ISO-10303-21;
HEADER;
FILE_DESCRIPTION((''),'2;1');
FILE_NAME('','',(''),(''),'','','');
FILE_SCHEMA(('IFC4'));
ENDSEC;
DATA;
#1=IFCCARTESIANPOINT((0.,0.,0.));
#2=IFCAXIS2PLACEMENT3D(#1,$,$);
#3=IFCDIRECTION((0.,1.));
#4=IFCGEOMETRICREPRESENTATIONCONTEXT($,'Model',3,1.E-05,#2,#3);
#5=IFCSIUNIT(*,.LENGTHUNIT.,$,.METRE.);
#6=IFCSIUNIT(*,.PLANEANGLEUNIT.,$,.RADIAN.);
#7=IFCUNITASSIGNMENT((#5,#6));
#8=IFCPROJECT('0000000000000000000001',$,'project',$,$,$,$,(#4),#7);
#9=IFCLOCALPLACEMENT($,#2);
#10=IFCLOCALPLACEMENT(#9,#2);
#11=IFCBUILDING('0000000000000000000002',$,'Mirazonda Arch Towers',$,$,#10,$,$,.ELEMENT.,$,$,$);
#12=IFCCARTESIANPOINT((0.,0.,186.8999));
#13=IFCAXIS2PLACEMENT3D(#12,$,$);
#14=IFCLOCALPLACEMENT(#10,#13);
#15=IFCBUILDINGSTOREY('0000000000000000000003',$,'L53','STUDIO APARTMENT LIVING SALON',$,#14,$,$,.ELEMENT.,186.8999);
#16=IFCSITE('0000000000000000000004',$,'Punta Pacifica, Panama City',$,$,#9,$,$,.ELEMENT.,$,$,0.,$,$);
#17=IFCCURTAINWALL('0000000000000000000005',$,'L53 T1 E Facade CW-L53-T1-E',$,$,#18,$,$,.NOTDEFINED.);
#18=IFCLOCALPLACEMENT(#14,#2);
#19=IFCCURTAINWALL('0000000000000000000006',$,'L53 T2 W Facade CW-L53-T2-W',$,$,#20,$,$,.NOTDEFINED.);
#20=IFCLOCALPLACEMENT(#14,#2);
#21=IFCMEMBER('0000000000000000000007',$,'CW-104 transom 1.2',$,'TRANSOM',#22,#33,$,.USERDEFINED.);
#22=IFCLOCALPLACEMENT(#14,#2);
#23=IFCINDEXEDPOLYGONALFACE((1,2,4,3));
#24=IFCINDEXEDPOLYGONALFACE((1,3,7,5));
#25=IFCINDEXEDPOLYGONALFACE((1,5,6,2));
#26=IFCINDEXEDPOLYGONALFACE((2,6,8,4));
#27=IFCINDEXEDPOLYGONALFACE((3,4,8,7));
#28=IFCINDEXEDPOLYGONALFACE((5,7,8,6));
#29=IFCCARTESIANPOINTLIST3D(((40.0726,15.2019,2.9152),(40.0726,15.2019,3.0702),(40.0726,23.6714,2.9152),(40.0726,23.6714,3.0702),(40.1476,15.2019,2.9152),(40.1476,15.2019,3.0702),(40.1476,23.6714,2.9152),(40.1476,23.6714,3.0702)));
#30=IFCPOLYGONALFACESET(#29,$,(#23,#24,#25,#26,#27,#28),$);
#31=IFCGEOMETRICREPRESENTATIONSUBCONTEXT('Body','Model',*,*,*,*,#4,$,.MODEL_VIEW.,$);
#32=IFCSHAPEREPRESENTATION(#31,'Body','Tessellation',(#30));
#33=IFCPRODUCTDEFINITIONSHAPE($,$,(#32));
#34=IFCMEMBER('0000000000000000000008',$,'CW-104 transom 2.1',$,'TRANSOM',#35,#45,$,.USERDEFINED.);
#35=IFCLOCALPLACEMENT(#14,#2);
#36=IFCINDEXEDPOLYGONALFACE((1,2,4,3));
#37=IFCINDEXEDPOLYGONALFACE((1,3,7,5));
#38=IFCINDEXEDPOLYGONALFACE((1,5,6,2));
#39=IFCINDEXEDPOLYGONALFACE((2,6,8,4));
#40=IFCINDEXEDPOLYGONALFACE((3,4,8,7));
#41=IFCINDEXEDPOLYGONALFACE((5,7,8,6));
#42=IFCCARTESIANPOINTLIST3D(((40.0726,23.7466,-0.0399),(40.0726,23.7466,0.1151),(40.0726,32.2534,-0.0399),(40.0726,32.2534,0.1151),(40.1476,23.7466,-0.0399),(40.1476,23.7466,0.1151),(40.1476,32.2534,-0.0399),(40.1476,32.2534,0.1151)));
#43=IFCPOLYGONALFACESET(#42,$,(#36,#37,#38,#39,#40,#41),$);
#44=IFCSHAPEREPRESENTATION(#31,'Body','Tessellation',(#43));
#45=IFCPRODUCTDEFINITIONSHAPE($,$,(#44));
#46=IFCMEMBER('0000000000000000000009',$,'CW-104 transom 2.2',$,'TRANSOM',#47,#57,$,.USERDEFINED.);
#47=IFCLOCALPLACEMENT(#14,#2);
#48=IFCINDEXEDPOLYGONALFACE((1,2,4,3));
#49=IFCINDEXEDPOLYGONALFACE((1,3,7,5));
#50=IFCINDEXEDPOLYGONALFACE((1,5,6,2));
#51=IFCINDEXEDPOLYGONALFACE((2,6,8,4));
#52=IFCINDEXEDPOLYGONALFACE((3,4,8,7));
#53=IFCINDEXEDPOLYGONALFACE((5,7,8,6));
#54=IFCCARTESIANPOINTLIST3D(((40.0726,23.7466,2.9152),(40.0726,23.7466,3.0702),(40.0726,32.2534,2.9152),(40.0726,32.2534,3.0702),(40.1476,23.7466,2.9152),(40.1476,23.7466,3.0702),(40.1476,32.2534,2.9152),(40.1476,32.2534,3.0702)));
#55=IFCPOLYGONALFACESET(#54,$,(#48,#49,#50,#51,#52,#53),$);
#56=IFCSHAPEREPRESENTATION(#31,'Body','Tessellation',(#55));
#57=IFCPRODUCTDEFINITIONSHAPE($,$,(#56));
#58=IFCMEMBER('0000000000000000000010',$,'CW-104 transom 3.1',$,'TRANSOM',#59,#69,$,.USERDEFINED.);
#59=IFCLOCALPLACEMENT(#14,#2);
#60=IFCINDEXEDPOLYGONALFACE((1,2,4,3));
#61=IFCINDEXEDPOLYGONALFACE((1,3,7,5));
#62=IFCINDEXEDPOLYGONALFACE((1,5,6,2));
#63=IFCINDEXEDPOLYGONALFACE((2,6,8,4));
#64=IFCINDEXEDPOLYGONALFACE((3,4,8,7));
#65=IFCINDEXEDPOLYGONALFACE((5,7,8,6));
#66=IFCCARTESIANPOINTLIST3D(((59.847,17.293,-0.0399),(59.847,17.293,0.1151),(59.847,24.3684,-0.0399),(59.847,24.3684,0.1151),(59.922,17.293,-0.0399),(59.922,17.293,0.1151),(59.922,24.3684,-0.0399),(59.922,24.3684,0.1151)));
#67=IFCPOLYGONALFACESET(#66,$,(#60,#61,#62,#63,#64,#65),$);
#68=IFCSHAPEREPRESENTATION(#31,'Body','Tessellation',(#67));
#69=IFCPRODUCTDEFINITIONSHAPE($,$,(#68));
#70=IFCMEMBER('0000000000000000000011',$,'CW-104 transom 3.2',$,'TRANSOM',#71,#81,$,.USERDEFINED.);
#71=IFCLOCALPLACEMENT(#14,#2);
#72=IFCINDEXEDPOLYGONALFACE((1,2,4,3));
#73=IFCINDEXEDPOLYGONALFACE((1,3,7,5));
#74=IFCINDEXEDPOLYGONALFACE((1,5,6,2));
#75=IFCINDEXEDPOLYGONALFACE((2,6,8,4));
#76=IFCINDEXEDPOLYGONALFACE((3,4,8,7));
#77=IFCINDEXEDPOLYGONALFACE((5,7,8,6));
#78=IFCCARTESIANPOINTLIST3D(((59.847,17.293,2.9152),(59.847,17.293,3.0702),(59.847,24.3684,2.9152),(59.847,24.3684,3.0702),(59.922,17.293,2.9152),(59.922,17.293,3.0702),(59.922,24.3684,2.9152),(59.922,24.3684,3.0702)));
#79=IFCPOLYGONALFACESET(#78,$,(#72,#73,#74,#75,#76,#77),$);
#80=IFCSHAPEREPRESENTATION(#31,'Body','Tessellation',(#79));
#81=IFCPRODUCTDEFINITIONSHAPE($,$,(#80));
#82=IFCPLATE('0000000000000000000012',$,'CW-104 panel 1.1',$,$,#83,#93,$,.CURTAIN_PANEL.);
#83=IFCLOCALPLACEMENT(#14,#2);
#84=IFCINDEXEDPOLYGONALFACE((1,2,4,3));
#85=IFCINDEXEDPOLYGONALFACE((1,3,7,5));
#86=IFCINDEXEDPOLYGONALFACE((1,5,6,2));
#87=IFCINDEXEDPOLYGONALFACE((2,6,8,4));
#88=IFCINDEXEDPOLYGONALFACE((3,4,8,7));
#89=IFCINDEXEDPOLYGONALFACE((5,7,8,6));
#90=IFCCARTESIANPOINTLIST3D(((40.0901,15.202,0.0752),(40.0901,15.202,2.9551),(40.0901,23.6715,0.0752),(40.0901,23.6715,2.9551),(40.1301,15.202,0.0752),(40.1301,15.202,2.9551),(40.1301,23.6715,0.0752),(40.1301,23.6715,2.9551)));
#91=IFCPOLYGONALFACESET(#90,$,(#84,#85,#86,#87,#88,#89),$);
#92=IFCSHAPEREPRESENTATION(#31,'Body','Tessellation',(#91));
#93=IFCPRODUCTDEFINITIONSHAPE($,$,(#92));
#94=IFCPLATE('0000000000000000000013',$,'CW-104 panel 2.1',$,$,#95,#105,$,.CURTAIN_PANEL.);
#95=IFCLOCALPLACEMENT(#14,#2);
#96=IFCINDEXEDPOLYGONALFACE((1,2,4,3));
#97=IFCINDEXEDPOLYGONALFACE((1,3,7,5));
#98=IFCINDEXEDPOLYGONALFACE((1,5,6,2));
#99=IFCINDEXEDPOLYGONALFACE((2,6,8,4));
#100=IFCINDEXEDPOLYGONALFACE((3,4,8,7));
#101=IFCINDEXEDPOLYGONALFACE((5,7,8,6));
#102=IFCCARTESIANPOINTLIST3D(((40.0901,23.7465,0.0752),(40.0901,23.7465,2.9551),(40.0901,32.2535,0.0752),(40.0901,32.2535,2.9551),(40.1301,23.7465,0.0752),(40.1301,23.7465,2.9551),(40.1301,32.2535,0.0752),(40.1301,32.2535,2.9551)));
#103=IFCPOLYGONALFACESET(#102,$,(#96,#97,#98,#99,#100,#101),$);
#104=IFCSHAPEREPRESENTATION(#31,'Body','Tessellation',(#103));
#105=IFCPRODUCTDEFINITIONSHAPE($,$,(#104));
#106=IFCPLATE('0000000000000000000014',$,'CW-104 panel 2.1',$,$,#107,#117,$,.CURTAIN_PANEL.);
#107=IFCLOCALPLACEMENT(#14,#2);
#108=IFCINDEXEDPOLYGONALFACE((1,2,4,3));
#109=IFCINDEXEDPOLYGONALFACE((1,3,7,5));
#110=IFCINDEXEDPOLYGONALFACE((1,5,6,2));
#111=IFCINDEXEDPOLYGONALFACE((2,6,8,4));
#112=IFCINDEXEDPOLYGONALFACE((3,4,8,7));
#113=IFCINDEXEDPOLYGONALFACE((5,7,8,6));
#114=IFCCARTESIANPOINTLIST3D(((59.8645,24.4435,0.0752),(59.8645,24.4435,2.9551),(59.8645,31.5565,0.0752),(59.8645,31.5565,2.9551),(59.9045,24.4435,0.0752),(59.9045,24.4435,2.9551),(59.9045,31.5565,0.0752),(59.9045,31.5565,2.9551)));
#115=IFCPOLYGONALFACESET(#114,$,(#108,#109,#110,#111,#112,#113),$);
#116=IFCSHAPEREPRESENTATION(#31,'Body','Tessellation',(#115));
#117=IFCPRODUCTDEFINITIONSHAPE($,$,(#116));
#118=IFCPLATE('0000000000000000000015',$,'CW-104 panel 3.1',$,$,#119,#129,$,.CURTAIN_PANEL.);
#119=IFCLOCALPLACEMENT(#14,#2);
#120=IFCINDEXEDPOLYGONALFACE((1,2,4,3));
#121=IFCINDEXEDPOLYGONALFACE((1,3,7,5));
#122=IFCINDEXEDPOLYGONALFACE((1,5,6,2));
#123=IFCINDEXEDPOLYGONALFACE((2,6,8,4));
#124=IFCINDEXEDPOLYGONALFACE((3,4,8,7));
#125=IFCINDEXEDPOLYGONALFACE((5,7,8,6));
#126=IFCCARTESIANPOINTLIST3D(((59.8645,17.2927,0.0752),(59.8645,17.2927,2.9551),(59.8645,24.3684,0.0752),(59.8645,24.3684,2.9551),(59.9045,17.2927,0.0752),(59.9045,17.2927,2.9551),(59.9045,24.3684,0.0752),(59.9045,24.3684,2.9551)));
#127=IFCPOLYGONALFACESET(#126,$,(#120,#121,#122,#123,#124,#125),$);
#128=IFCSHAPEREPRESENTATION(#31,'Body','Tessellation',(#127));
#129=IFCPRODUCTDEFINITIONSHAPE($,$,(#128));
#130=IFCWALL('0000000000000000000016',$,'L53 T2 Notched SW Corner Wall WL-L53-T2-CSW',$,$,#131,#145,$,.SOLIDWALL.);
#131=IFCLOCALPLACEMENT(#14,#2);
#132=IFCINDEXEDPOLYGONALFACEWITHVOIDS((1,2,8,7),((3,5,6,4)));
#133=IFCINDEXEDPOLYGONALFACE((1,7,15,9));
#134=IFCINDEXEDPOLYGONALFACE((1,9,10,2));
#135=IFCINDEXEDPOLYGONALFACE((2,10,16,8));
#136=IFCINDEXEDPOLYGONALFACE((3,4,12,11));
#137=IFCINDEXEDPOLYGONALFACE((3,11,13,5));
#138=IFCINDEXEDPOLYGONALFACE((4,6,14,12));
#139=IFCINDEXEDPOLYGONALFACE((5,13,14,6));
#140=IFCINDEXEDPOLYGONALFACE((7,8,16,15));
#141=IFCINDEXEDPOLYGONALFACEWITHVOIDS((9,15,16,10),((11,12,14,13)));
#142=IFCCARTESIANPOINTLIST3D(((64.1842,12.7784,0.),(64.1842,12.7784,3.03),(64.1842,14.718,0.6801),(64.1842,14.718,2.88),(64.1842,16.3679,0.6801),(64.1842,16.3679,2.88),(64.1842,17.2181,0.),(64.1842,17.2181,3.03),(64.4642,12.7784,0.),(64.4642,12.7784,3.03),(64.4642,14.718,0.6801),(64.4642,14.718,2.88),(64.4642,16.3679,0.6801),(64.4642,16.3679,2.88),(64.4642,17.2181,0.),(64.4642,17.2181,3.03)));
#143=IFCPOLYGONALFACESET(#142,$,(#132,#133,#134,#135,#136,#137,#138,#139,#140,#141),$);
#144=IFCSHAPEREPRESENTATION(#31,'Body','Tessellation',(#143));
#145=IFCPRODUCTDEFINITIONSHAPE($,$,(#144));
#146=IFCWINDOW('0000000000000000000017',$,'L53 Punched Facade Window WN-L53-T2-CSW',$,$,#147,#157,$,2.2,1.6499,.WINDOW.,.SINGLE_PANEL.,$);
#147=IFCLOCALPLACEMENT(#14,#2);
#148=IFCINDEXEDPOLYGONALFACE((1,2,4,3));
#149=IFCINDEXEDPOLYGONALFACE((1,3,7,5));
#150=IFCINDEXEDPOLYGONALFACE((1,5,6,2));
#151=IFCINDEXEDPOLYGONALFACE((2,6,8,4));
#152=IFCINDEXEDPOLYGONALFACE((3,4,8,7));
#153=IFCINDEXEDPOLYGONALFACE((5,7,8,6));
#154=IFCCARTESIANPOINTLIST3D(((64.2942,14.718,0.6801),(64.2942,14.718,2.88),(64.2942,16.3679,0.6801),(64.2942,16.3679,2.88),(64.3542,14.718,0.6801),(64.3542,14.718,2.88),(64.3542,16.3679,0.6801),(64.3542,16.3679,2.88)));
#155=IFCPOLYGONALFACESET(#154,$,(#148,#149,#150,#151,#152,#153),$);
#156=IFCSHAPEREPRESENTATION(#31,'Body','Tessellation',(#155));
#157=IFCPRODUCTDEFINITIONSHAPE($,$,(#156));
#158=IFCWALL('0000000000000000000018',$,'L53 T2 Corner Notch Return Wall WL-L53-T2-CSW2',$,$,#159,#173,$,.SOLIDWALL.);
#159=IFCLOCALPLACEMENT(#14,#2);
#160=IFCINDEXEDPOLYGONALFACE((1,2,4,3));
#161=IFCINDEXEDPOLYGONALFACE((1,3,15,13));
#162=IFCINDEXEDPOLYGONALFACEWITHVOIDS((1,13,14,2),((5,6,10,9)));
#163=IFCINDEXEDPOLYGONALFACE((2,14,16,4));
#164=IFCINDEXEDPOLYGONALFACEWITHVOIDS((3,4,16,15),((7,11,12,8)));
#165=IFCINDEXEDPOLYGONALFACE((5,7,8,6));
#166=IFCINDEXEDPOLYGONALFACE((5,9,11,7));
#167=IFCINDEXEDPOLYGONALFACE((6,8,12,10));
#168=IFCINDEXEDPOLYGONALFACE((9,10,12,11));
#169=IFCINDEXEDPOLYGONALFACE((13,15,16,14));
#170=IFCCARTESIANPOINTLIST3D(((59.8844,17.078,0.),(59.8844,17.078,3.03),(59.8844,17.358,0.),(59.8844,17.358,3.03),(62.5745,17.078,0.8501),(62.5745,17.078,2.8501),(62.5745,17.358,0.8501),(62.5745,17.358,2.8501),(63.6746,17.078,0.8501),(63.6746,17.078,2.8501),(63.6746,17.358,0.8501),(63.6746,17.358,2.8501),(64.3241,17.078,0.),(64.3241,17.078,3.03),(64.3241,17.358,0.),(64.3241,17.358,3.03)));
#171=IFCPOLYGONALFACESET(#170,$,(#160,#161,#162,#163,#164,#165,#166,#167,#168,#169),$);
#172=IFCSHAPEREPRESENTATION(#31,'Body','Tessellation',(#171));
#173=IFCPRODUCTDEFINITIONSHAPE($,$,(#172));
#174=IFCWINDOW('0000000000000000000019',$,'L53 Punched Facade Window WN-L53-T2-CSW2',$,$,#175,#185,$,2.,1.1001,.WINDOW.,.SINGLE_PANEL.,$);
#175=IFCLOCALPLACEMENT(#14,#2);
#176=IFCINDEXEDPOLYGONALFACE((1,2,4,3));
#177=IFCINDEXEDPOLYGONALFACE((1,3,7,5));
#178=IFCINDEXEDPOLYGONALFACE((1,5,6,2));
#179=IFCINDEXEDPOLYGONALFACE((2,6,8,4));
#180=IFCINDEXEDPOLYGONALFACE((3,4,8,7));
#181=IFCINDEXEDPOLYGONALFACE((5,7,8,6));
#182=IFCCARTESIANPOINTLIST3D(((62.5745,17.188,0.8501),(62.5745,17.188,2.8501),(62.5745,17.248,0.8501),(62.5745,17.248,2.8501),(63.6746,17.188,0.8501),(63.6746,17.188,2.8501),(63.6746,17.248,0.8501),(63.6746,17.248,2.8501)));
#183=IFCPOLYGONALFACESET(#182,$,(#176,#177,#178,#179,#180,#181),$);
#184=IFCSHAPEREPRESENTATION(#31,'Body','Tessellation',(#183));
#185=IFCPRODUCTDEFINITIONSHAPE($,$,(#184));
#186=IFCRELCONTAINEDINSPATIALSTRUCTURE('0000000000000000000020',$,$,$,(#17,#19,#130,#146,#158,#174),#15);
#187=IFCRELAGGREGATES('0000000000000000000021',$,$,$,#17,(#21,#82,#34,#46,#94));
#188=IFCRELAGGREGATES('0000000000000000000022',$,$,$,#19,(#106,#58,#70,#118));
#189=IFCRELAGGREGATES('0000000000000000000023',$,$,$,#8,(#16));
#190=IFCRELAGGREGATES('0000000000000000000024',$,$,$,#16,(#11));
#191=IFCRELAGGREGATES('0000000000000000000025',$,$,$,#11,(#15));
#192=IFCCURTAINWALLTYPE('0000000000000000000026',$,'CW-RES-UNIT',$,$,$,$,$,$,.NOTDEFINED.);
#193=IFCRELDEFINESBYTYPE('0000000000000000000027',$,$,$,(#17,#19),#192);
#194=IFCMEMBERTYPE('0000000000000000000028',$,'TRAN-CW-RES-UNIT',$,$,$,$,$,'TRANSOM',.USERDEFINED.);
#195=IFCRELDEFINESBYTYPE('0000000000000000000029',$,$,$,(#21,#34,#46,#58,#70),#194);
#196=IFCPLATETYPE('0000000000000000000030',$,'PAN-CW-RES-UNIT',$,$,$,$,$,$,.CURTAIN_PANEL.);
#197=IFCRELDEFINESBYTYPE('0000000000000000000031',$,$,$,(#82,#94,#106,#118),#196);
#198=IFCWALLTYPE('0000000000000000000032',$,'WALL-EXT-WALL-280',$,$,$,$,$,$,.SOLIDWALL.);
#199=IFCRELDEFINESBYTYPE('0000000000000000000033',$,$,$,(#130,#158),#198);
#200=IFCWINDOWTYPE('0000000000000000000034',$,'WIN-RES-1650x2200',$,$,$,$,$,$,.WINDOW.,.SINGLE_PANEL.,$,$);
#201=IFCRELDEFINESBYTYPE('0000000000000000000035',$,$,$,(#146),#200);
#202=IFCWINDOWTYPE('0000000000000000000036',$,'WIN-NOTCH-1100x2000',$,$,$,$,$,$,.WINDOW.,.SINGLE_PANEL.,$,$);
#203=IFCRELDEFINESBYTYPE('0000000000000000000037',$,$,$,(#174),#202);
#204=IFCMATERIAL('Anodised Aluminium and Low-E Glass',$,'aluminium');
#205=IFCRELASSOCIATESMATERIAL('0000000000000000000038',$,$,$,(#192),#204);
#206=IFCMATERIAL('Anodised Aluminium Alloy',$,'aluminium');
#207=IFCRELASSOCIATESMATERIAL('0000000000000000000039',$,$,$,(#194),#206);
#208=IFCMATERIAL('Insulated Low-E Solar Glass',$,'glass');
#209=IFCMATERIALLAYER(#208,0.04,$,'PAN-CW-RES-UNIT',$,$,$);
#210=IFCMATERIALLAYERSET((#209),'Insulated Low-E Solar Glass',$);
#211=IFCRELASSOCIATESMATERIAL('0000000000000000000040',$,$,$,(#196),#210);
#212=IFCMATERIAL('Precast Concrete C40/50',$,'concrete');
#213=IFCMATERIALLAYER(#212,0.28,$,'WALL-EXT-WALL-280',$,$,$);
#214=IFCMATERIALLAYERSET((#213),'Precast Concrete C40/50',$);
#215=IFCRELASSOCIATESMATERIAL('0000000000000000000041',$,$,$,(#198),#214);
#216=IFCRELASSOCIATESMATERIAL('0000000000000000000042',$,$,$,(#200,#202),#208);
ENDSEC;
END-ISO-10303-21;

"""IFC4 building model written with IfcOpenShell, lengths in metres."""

from ifc_helpers import new_model, si_unit, direction, frame, frame_2d, origin, origin_2d, place, context, subcontext, project, spatial, rectangle, extrude, material, layer, layer_set, material_profile, profile_set, type_object, element, fill, aggregate, save


model = new_model("IFC4")

# Units and contexts
model_context = context("Model", 3, precision=1e-05, world=origin(), true_north=direction((0.0, 1.0)))
body_context = subcontext(model_context, "Body", "Model", "MODEL_VIEW")
ifc_project = project(units=[si_unit("LENGTHUNIT", "METRE"), si_unit("PLANEANGLEUNIT", "RADIAN")], contexts=[model_context])

# Site, building, storey
site_placement = place(None, origin())
site = spatial("IfcSite", under=ifc_project, at=site_placement, Name="Punta Pacifica, Panama City", CompositionType="ELEMENT", RefElevation=0.0)
building_placement = place(site_placement, origin())
building = spatial("IfcBuilding", under=site, at=building_placement, Name="Mirazonda Arch Towers", CompositionType="ELEMENT")
storey_placement = place(building_placement, frame((0.0, 0.0, 186.8999)))
storey = spatial("IfcBuildingStorey", under=building, at=storey_placement, Name="L53", Description="STUDIO APARTMENT LIVING SALON", CompositionType="ELEMENT", Elevation=186.8999)

# Curtain wall
ifc_material_1 = material(Name="Anodised Aluminium and Low-E Glass", Category="aluminium")
curtain_wall_type = type_object("IfcCurtainWallType", Name="CW-RES-UNIT", PredefinedType="NOTDEFINED", material=ifc_material_1)
curtain_wall_1_placement = place(storey_placement, origin())
curtain_wall_1 = element("IfcCurtainWall", 1, at=curtain_wall_1_placement, inside=storey, type_object=curtain_wall_type, Name="L53 T1 E Facade CW-L53-T1-E", PredefinedType="NOTDEFINED")
ifc_material_2 = material(Name="Anodised Aluminium Alloy", Category="aluminium")

# Curtain wall
curtain_wall_2_placement = place(storey_placement, origin())
curtain_wall_2 = element("IfcCurtainWall", 2, at=curtain_wall_2_placement, inside=storey, type_object=curtain_wall_type, Name="L53 T2 W Facade CW-L53-T2-W", PredefinedType="NOTDEFINED")

# Members
ifc_material_profile_1 = material_profile(ifc_material_2, rectangle(XDim=0.075, YDim=0.155, at=origin_2d()), Name="ALU-TRAN-75x155")
ifc_profile_set_1 = profile_set([ifc_material_profile_1], Name="Anodised Aluminium Alloy")
member_type_1 = type_object("IfcMemberType", Name="TRAN-CW-RES-UNIT", ElementType="TRANSOM", PredefinedType="USERDEFINED", material=ifc_profile_set_1)
member_1_placement = place(storey_placement, frame((40.1101, 15.2019, 2.9927), z_axis=(0.0, 1.0, 0.0), x_axis=(-1.0, 0.0, 0.0)))
member_1 = element("IfcMember", 3, at=member_1_placement, type_object=member_type_1, Name="CW-104 transom 1.2", ObjectType="TRANSOM", PredefinedType="USERDEFINED", context=body_context, shape_type="SweptSolid", body=[
    extrude(rectangle(XDim=0.075, YDim=0.155, at=origin_2d()), origin(), (0.0, 0.0, 1.0), 8.4695),
])
member_2_placement = place(storey_placement, frame((40.1101, 23.7466, 0.0376), z_axis=(0.0, 1.0, 0.0), x_axis=(-1.0, 0.0, 0.0)))
member_2 = element("IfcMember", 4, at=member_2_placement, type_object=member_type_1, Name="CW-104 transom 2.1", ObjectType="TRANSOM", PredefinedType="USERDEFINED", context=body_context, shape_type="SweptSolid", body=[
    extrude(rectangle(XDim=0.075, YDim=0.155, at=origin_2d()), origin(), (0.0, 0.0, 1.0), 8.5068),
])
member_3_placement = place(storey_placement, frame((40.1101, 23.7466, 2.9927), z_axis=(0.0, 1.0, 0.0), x_axis=(-1.0, 0.0, 0.0)))
member_3 = element("IfcMember", 5, at=member_3_placement, type_object=member_type_1, Name="CW-104 transom 2.2", ObjectType="TRANSOM", PredefinedType="USERDEFINED", context=body_context, shape_type="SweptSolid", body=[
    extrude(rectangle(XDim=0.075, YDim=0.155, at=origin_2d()), origin(), (0.0, 0.0, 1.0), 8.5068),
])
member_4_placement = place(storey_placement, frame((59.8845, 24.3684, 0.0376), z_axis=(0.0, -1.0, 0.0), x_axis=(1.0, 0.0, 0.0)))
member_4 = element("IfcMember", 6, at=member_4_placement, type_object=member_type_1, Name="CW-104 transom 3.1", ObjectType="TRANSOM", PredefinedType="USERDEFINED", context=body_context, shape_type="SweptSolid", body=[
    extrude(rectangle(XDim=0.075, YDim=0.155, at=origin_2d()), origin(), (0.0, 0.0, 1.0), 7.0754),
])
member_5_placement = place(storey_placement, frame((59.8845, 24.3684, 2.9927), z_axis=(0.0, -1.0, 0.0), x_axis=(1.0, 0.0, 0.0)))
member_5 = element("IfcMember", 7, at=member_5_placement, type_object=member_type_1, Name="CW-104 transom 3.2", ObjectType="TRANSOM", PredefinedType="USERDEFINED", context=body_context, shape_type="SweptSolid", body=[
    extrude(rectangle(XDim=0.075, YDim=0.155, at=origin_2d()), origin(), (0.0, 0.0, 1.0), 7.0754),
])

# Plates
ifc_material_3 = material(Name="Insulated Low-E Solar Glass", Category="glass")
ifc_layer_1 = layer(ifc_material_3, 0.04, Name="PAN-CW-RES-UNIT")
ifc_layer_set_1 = layer_set([ifc_layer_1], Name="Insulated Low-E Solar Glass")
plate_type = type_object("IfcPlateType", Name="PAN-CW-RES-UNIT", PredefinedType="CURTAIN_PANEL", material=ifc_layer_set_1)
plate_1_placement = place(storey_placement, frame((40.1101, 19.4368, 0.0752), z_axis=(0.0, 0.0, 1.0), x_axis=(0.0, 1.0, 0.0)))
plate_1 = element("IfcPlate", 8, at=plate_1_placement, type_object=plate_type, Name="CW-104 panel 1.1", PredefinedType="CURTAIN_PANEL", context=body_context, shape_type="SweptSolid", body=[
    extrude(rectangle(XDim=8.4695, YDim=0.04, at=origin_2d()), origin(), (0.0, 0.0, 1.0), 2.8799),
])
plate_2_placement = place(storey_placement, frame((40.1101, 28.0, 0.0752), z_axis=(0.0, 0.0, 1.0), x_axis=(0.0, 1.0, 0.0)))
plate_2 = element("IfcPlate", 9, at=plate_2_placement, type_object=plate_type, Name="CW-104 panel 2.1", PredefinedType="CURTAIN_PANEL", context=body_context, shape_type="SweptSolid", body=[
    extrude(rectangle(XDim=8.5071, YDim=0.04, at=origin_2d()), origin(), (0.0, 0.0, 1.0), 2.8799),
])
aggregate(curtain_wall_1, [member_1, plate_1, member_2, member_3, plate_2])
plate_3_placement = place(storey_placement, frame((59.8845, 28.0, 0.0752), z_axis=(0.0, 0.0, 1.0), x_axis=(0.0, -1.0, 0.0)))
plate_3 = element("IfcPlate", 10, at=plate_3_placement, type_object=plate_type, Name="CW-104 panel 2.1", PredefinedType="CURTAIN_PANEL", context=body_context, shape_type="SweptSolid", body=[
    extrude(rectangle(XDim=7.113, YDim=0.04, at=origin_2d()), origin(), (0.0, 0.0, 1.0), 2.8799),
])
plate_4_placement = place(storey_placement, frame((59.8845, 20.8306, 0.0752), z_axis=(0.0, 0.0, 1.0), x_axis=(0.0, -1.0, 0.0)))
plate_4 = element("IfcPlate", 11, at=plate_4_placement, type_object=plate_type, Name="CW-104 panel 3.1", PredefinedType="CURTAIN_PANEL", context=body_context, shape_type="SweptSolid", body=[
    extrude(rectangle(XDim=7.0757, YDim=0.04, at=origin_2d()), origin(), (0.0, 0.0, 1.0), 2.8799),
])
aggregate(curtain_wall_2, [plate_3, member_4, member_5, plate_4])

# Walls, openings, windows
ifc_material_4 = material(Name="Precast Concrete C40/50", Category="concrete")
ifc_layer_2 = layer(ifc_material_4, 0.28, Name="WALL-EXT-WALL-280")
ifc_layer_set_2 = layer_set([ifc_layer_2], Name="Precast Concrete C40/50")
wall_type_1 = type_object("IfcWallType", Name="WALL-EXT-WALL-280", PredefinedType="SOLIDWALL", material=ifc_layer_set_2)
wall_1_placement = place(storey_placement, frame((64.3242, 17.218, 0.0), z_axis=(0.0, 0.0, 1.0), x_axis=(0.0, -1.0, 0.0)))
wall_1 = element("IfcWall", 12, at=wall_1_placement, inside=storey, type_object=wall_type_1, Name="L53 T2 Notched SW Corner Wall WL-L53-T2-CSW", PredefinedType="SOLIDWALL", context=body_context, shape_type="SweptSolid", body=[
    extrude(rectangle(XDim=4.4397, YDim=0.28, at=frame_2d((2.2197, 0.0))), origin(), (0.0, 0.0, 1.0), 3.03),
])
opening_1_placement = place(wall_1_placement, frame((0.8501, 0.0, 0.6799)))
opening_1 = element("IfcOpeningElement", 13, at=opening_1_placement, cuts=wall_1, PredefinedType="OPENING", context=body_context, shape_type="SweptSolid", body=[
    extrude(rectangle(XDim=1.6499, YDim=2.2, at=frame_2d((0.825, 1.1001))), frame((0.0, 0.1499, 0.0), z_axis=(0.0, -1.0, 0.0), x_axis=(1.0, 0.0, 0.0)), (0.0, 0.0, 1.0), 0.3),
])
window_type_1 = type_object("IfcWindowType", Name="WIN-RES-1650x2200", PartitioningType="SINGLE_PANEL", PredefinedType="WINDOW", material=ifc_material_3)
window_1_placement = place(opening_1_placement, origin())
window_1 = element("IfcWindow", 14, at=window_1_placement, inside=storey, type_object=window_type_1, Name="L53 Punched Facade Window WN-L53-T2-CSW", OverallHeight=2.2, OverallWidth=1.6499, PartitioningType="SINGLE_PANEL", PredefinedType="WINDOW", context=body_context, shape_type="SweptSolid", body=[
    extrude(rectangle(XDim=1.6499, YDim=2.2, at=frame_2d((0.825, 1.1001))), frame((0.0, 0.03, 0.0), z_axis=(0.0, -1.0, 0.0), x_axis=(1.0, 0.0, 0.0)), (0.0, 0.0, 1.0), 0.0601),
])
fill(opening_1, window_1)
wall_2_placement = place(storey_placement, frame((59.8845, 17.218, 0.0), z_axis=(0.0, 0.0, 1.0), x_axis=(1.0, 0.0, 0.0)))
wall_2 = element("IfcWall", 15, at=wall_2_placement, inside=storey, type_object=wall_type_1, Name="L53 T2 Corner Notch Return Wall WL-L53-T2-CSW2", PredefinedType="SOLIDWALL", context=body_context, shape_type="SweptSolid", body=[
    extrude(rectangle(XDim=4.4397, YDim=0.28, at=frame_2d((2.2197, 0.0))), origin(), (0.0, 0.0, 1.0), 3.03),
])
opening_2_placement = place(wall_2_placement, frame((2.6899, 0.0, 0.8501)))
opening_2 = element("IfcOpeningElement", 16, at=opening_2_placement, cuts=wall_2, PredefinedType="OPENING", context=body_context, shape_type="SweptSolid", body=[
    extrude(rectangle(XDim=1.1001, YDim=2.0, at=frame_2d((0.55, 1.0))), frame((0.0, 0.1499, 0.0), z_axis=(0.0, -1.0, 0.0), x_axis=(1.0, 0.0, 0.0)), (0.0, 0.0, 1.0), 0.3),
])
window_type_2 = type_object("IfcWindowType", Name="WIN-NOTCH-1100x2000", PartitioningType="SINGLE_PANEL", PredefinedType="WINDOW", material=ifc_material_3)
window_2_placement = place(opening_2_placement, origin())
window_2 = element("IfcWindow", 17, at=window_2_placement, inside=storey, type_object=window_type_2, Name="L53 Punched Facade Window WN-L53-T2-CSW2", OverallHeight=2.0, OverallWidth=1.1001, PartitioningType="SINGLE_PANEL", PredefinedType="WINDOW", context=body_context, shape_type="SweptSolid", body=[
    extrude(rectangle(XDim=1.1001, YDim=2.0, at=frame_2d((0.55, 1.0))), frame((0.0, 0.03, 0.0), z_axis=(0.0, -1.0, 0.0), x_axis=(1.0, 0.0, 0.0)), (0.0, 0.0, 1.0), 0.0601),
])
fill(opening_2, window_2)

save(model, "model.ifc")
